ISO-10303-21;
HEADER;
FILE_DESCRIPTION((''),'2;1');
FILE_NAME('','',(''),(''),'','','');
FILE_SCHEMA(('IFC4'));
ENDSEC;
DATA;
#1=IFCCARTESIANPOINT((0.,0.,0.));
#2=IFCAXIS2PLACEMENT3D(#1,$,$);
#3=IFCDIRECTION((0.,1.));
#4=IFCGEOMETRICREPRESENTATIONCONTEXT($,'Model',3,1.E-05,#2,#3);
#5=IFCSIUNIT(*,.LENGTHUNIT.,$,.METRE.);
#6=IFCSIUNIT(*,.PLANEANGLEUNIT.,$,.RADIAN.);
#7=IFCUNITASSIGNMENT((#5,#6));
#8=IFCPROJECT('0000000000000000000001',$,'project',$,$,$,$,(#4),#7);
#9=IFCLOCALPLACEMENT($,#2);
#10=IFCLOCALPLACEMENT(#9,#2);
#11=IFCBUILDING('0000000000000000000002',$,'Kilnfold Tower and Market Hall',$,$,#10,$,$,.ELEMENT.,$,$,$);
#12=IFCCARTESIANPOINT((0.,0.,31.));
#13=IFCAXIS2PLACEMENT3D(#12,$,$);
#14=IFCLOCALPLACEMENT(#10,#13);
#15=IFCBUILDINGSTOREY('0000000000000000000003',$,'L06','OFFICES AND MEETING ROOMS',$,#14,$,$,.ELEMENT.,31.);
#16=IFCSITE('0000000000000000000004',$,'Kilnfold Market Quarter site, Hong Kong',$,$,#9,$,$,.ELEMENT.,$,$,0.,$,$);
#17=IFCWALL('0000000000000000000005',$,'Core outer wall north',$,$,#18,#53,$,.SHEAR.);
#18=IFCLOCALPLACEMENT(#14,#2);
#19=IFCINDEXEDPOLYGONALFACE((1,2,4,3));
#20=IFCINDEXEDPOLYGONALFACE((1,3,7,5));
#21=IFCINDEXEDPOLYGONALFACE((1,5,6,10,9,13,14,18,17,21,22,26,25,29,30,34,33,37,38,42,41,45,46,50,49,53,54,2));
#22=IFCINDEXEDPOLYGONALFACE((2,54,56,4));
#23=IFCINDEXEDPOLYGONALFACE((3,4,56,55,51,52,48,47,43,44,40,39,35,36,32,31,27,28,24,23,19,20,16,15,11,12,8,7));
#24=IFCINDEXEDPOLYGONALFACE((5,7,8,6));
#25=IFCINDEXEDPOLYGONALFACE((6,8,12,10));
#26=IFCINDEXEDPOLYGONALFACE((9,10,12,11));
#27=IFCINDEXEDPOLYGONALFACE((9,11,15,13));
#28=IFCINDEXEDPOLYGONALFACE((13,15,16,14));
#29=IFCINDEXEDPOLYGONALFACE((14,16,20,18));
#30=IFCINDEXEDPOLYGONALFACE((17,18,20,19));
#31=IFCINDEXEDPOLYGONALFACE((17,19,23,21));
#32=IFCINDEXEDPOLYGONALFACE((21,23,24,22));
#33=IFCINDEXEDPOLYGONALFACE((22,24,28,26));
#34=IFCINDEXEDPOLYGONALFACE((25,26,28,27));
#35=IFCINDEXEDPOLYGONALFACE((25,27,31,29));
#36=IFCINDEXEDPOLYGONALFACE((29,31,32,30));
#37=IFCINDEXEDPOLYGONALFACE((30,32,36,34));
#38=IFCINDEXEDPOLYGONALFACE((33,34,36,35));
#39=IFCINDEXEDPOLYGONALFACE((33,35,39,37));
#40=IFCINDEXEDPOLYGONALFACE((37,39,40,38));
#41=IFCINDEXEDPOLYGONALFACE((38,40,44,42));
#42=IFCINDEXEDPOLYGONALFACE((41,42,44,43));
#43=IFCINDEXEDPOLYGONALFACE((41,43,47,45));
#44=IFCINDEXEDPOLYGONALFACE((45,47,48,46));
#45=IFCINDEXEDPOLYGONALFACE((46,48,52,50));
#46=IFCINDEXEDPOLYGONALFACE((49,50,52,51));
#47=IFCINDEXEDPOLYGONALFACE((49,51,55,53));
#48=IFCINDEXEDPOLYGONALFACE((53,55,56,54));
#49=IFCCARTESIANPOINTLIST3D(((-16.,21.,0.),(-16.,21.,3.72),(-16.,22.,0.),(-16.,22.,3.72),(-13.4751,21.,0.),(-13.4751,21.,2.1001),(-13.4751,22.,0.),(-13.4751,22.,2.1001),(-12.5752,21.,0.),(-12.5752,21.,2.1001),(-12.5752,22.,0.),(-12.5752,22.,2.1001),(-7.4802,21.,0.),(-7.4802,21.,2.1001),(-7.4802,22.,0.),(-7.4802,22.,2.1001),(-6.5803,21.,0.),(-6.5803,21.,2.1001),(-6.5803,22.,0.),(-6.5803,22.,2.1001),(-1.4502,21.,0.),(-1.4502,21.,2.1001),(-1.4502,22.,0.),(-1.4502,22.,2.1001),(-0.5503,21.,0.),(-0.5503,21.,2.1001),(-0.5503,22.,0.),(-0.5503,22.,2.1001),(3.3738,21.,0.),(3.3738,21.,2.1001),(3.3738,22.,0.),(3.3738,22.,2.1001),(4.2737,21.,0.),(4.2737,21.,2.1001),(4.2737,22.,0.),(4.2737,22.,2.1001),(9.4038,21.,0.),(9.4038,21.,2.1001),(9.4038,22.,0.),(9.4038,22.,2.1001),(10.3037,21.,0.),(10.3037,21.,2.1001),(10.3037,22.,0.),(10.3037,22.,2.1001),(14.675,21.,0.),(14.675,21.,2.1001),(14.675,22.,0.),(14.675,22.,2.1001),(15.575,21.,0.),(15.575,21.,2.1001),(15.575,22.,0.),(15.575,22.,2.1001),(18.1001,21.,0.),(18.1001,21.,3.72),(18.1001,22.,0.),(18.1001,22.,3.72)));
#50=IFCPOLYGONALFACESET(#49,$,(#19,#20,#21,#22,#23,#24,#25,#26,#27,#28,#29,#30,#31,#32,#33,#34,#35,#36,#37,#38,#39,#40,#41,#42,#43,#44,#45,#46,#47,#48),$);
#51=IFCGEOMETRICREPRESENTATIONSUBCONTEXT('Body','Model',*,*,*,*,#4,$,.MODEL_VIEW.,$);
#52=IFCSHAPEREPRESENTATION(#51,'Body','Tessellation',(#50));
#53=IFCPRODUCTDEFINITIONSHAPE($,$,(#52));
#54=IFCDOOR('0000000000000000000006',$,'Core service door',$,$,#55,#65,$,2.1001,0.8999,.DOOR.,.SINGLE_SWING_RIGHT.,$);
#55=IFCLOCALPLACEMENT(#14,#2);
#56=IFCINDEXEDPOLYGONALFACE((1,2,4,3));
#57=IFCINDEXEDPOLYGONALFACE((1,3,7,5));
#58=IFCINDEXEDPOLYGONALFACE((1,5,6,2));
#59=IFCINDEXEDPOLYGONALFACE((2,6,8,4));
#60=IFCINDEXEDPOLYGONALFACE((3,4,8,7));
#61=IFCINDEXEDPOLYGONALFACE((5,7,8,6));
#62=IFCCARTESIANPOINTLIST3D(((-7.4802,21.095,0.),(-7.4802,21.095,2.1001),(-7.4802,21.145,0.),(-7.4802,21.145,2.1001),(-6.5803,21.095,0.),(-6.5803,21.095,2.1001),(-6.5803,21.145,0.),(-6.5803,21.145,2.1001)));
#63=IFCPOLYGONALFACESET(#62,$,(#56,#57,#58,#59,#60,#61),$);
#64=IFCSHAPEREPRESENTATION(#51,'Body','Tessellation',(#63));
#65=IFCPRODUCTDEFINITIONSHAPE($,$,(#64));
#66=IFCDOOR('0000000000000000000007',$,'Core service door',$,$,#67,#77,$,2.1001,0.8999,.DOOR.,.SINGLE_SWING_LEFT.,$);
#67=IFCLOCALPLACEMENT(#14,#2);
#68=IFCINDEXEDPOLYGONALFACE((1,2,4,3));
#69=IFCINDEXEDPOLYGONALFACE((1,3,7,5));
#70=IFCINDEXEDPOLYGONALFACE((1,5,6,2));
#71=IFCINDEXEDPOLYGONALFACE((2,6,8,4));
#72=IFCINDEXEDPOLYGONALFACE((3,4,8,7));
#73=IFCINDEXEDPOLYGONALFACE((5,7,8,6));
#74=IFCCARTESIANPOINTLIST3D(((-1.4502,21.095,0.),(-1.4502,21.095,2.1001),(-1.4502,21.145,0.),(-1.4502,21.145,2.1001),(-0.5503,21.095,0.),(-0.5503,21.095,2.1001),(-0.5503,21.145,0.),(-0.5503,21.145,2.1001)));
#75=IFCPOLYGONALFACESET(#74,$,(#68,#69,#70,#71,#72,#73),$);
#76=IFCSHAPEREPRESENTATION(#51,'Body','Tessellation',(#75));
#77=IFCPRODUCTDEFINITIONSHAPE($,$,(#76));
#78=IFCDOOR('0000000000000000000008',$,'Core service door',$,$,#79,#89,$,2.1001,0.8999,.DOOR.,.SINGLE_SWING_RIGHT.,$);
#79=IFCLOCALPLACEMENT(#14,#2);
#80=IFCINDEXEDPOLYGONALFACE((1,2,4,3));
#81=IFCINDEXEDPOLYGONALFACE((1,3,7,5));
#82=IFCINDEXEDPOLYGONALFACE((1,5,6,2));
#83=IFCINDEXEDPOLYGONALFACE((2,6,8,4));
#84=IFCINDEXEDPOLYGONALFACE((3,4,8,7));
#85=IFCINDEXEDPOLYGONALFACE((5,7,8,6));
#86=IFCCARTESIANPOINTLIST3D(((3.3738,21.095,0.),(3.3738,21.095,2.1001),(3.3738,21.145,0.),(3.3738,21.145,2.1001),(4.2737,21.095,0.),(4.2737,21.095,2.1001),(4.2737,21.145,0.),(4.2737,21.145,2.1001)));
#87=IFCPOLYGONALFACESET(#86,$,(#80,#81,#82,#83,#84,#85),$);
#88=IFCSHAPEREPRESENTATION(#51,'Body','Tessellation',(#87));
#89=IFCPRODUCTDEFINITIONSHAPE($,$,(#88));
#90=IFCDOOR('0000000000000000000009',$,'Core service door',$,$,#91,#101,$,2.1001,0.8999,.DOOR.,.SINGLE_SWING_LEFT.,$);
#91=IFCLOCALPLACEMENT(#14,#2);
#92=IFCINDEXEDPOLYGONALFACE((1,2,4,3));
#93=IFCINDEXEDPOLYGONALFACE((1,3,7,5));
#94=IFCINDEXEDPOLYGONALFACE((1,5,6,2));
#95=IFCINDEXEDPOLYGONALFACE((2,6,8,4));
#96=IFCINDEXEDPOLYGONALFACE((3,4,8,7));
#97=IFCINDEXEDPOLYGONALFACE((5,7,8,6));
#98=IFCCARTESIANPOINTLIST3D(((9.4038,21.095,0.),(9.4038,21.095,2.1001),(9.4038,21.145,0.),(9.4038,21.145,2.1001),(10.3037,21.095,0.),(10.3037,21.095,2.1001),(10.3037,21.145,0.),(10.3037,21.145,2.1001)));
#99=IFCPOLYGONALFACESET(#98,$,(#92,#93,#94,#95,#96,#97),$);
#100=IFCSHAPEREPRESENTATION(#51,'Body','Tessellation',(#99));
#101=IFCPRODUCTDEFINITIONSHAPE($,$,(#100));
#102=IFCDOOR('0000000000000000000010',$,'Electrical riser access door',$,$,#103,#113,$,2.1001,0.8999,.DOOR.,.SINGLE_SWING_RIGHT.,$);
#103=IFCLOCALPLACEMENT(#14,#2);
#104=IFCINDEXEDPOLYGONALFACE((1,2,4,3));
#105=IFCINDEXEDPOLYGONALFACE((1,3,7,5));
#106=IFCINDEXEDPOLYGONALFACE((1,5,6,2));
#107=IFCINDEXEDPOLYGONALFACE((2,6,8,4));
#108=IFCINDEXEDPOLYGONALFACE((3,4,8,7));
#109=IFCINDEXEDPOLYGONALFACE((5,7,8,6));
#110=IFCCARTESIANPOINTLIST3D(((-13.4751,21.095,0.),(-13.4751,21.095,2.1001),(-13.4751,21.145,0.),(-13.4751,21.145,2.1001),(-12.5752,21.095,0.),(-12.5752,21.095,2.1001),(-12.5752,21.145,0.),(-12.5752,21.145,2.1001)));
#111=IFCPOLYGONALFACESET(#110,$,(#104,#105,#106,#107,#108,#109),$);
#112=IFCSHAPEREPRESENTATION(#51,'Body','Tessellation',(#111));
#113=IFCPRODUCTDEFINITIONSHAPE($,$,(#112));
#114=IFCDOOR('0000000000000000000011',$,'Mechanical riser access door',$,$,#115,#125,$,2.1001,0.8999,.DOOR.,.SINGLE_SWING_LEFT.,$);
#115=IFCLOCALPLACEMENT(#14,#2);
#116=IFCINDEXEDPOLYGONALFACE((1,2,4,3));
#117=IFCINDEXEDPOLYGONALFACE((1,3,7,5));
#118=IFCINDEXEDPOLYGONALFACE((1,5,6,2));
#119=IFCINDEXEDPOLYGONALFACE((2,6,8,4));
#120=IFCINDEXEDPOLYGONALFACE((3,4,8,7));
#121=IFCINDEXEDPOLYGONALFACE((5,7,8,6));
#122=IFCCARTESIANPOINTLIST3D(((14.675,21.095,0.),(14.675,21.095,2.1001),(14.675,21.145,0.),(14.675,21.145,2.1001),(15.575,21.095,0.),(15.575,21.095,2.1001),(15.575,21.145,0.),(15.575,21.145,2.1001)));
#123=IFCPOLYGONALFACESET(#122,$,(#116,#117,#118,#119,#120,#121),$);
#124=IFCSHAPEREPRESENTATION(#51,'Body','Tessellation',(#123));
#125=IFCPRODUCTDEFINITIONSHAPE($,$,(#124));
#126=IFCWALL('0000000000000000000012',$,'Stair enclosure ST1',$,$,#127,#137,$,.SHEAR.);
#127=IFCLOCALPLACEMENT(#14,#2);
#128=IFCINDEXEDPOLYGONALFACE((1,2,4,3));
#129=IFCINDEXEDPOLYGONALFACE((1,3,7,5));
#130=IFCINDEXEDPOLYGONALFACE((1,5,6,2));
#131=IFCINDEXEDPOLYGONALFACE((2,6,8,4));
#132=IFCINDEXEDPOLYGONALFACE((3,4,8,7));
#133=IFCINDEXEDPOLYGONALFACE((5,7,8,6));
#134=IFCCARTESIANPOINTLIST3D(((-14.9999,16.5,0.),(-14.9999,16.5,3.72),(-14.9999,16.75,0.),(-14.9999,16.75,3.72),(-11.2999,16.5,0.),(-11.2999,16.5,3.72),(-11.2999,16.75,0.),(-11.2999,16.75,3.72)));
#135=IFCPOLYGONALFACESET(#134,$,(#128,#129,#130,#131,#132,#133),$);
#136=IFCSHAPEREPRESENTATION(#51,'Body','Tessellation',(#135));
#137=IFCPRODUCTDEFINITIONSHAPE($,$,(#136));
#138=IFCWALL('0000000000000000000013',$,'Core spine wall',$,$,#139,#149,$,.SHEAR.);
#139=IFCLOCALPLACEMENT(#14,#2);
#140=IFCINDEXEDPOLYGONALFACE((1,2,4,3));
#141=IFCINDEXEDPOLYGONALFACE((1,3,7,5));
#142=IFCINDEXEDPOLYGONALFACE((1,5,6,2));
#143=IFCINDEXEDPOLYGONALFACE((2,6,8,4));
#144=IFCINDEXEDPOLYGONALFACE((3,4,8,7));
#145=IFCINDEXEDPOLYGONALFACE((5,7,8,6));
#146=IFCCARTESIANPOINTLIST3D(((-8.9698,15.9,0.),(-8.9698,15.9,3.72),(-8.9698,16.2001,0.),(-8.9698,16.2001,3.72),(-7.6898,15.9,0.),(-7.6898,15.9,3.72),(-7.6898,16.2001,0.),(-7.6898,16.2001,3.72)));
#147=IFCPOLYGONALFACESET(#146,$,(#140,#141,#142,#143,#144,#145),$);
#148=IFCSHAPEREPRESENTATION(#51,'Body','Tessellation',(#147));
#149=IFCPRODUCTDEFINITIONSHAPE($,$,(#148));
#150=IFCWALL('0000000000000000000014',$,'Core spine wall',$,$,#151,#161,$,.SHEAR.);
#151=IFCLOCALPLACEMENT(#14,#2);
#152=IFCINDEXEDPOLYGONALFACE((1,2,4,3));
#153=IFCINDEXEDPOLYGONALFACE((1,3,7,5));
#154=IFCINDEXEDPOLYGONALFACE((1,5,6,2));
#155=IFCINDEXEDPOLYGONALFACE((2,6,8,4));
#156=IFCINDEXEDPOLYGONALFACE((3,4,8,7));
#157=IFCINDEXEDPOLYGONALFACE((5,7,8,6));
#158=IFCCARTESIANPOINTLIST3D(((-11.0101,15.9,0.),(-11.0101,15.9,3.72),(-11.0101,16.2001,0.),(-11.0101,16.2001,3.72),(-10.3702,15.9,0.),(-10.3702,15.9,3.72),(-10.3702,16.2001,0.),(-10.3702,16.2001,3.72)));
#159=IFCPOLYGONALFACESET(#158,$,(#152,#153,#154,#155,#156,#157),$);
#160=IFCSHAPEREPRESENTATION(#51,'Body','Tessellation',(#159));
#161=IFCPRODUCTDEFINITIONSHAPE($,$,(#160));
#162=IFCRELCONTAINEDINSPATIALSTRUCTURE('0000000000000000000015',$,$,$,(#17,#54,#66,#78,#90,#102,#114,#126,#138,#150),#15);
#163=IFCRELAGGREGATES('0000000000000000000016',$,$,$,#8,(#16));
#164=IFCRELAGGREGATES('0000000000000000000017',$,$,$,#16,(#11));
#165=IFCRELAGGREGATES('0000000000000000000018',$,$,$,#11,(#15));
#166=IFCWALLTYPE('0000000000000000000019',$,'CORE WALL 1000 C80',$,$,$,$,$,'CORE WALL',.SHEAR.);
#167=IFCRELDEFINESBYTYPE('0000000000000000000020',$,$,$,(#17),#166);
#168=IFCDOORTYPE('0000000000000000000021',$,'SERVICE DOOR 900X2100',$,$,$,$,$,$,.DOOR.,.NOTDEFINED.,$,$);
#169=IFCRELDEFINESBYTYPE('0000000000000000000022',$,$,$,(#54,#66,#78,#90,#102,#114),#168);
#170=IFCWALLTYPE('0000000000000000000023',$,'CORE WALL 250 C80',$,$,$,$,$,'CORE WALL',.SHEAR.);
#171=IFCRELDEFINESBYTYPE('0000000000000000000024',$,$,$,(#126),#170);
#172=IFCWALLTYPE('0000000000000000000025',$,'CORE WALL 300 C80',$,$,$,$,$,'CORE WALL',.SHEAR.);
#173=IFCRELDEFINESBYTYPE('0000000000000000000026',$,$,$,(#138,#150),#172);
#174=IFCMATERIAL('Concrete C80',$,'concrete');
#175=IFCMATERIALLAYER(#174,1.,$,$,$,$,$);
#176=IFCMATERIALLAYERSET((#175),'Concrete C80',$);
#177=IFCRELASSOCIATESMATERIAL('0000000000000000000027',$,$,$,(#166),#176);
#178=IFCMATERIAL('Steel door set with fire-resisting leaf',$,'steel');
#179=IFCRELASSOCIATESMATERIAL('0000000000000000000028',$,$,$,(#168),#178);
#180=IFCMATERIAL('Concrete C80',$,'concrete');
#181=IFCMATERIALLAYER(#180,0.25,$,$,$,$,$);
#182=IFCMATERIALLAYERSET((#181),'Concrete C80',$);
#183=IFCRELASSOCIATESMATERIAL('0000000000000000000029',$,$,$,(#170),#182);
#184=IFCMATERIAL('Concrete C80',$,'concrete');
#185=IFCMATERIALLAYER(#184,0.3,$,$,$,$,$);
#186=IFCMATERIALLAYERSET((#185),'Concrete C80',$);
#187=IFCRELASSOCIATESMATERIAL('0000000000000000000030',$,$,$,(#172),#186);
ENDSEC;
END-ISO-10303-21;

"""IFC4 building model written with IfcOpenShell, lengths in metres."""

from ifc_helpers import new_model, si_unit, direction, frame, frame_2d, origin, place, context, subcontext, project, spatial, rectangle, extrude, source, transform, mapped, material, layer, layer_set, type_object, element, fill, save


model = new_model("IFC4")

# Units and contexts
model_context = context("Model", 3, precision=1e-05, world=origin(), true_north=direction((0.0, 1.0)))
body_context = subcontext(model_context, "Body", "Model", "MODEL_VIEW")
ifc_project = project(units=[si_unit("LENGTHUNIT", "METRE"), si_unit("PLANEANGLEUNIT", "RADIAN")], contexts=[model_context])

# Site, building, storey
site_placement = place(None, origin())
site = spatial("IfcSite", under=ifc_project, at=site_placement, Name="Kilnfold Market Quarter site, Hong Kong", CompositionType="ELEMENT", RefElevation=0.0)
building_placement = place(site_placement, origin())
building = spatial("IfcBuilding", under=site, at=building_placement, Name="Kilnfold Tower and Market Hall", CompositionType="ELEMENT")
storey_placement = place(building_placement, frame((0.0, 0.0, 31.0)))
storey = spatial("IfcBuildingStorey", under=building, at=storey_placement, Name="L06", Description="OFFICES AND MEETING ROOMS", CompositionType="ELEMENT", Elevation=31.0)

# Wall, openings, doors
ifc_material_1 = material(Name="Concrete C80", Category="concrete")
ifc_layer_1 = layer(ifc_material_1, 1.0)
ifc_layer_set_1 = layer_set([ifc_layer_1], Name="Concrete C80")
wall_type_1 = type_object("IfcWallType", Name="CORE WALL 1000 C80", ElementType="CORE WALL", PredefinedType="SHEAR", material=ifc_layer_set_1)
shared_shape_1 = source(origin(), body_context, "Body", "SweptSolid", [
    extrude(rectangle(XDim=34.1001, YDim=1.0, at=frame_2d((17.05, 0.0))), origin(), (0.0, 0.0, 1.0), 3.72),
])
wall_1_placement = place(storey_placement, frame((-16.0, 21.5, 0.0), z_axis=(0.0, 0.0, 1.0), x_axis=(1.0, 0.0, 0.0)))
wall_1 = element("IfcWall", 1, at=wall_1_placement, inside=storey, type_object=wall_type_1, Name="Core outer wall north", PredefinedType="SHEAR", context=body_context, shape_type="MappedRepresentation", body=[
    mapped(shared_shape_1, transform((0.0, 0.0, 0.0))),
])
opening_1_placement = place(wall_1_placement, frame((8.5198, 0.0, 0.0)))
opening_1 = element("IfcOpeningElement", 2, at=opening_1_placement, cuts=wall_1, PredefinedType="OPENING", context=body_context, shape_type="SweptSolid", body=[
    extrude(rectangle(XDim=0.8999, YDim=2.1001, at=frame_2d((0.45, 1.05))), frame((0.0, 0.51, 0.0), z_axis=(0.0, -1.0, 0.0), x_axis=(1.0, 0.0, 0.0)), (0.0, 0.0, 1.0), 1.02),
])
opening_2_placement = place(wall_1_placement, frame((14.5498, 0.0, 0.0)))
opening_2 = element("IfcOpeningElement", 3, at=opening_2_placement, cuts=wall_1, PredefinedType="OPENING", context=body_context, shape_type="SweptSolid", body=[
    extrude(rectangle(XDim=0.8999, YDim=2.1001, at=frame_2d((0.45, 1.05))), frame((0.0, 0.51, 0.0), z_axis=(0.0, -1.0, 0.0), x_axis=(1.0, 0.0, 0.0)), (0.0, 0.0, 1.0), 1.02),
])
opening_3_placement = place(wall_1_placement, frame((19.3738, 0.0, 0.0)))
opening_3 = element("IfcOpeningElement", 4, at=opening_3_placement, cuts=wall_1, PredefinedType="OPENING", context=body_context, shape_type="SweptSolid", body=[
    extrude(rectangle(XDim=0.8999, YDim=2.1001, at=frame_2d((0.45, 1.05))), frame((0.0, 0.51, 0.0), z_axis=(0.0, -1.0, 0.0), x_axis=(1.0, 0.0, 0.0)), (0.0, 0.0, 1.0), 1.02),
])
opening_4_placement = place(wall_1_placement, frame((25.4038, 0.0, 0.0)))
opening_4 = element("IfcOpeningElement", 5, at=opening_4_placement, cuts=wall_1, PredefinedType="OPENING", context=body_context, shape_type="SweptSolid", body=[
    extrude(rectangle(XDim=0.8999, YDim=2.1001, at=frame_2d((0.45, 1.05))), frame((0.0, 0.51, 0.0), z_axis=(0.0, -1.0, 0.0), x_axis=(1.0, 0.0, 0.0)), (0.0, 0.0, 1.0), 1.02),
])
opening_5_placement = place(wall_1_placement, frame((2.5249, 0.0, 0.0)))
opening_5 = element("IfcOpeningElement", 6, at=opening_5_placement, cuts=wall_1, PredefinedType="OPENING", context=body_context, shape_type="SweptSolid", body=[
    extrude(rectangle(XDim=0.8999, YDim=2.1001, at=frame_2d((0.45, 1.05))), frame((0.0, 0.51, 0.0), z_axis=(0.0, -1.0, 0.0), x_axis=(1.0, 0.0, 0.0)), (0.0, 0.0, 1.0), 1.02),
])
opening_6_placement = place(wall_1_placement, frame((30.675, 0.0, 0.0)))
opening_6 = element("IfcOpeningElement", 7, at=opening_6_placement, cuts=wall_1, PredefinedType="OPENING", context=body_context, shape_type="SweptSolid", body=[
    extrude(rectangle(XDim=0.8999, YDim=2.1001, at=frame_2d((0.45, 1.05))), frame((0.0, 0.51, 0.0), z_axis=(0.0, -1.0, 0.0), x_axis=(1.0, 0.0, 0.0)), (0.0, 0.0, 1.0), 1.02),
])
ifc_material_2 = material(Name="Steel door set with fire-resisting leaf", Category="steel")
door_type_1 = type_object("IfcDoorType", Name="SERVICE DOOR 900X2100", OperationType="NOTDEFINED", PredefinedType="DOOR", material=ifc_material_2)
door_1_placement = place(opening_1_placement, origin())
door_1 = element("IfcDoor", 8, at=door_1_placement, inside=storey, type_object=door_type_1, Name="Core service door", OperationType="SINGLE_SWING_RIGHT", OverallHeight=2.1001, OverallWidth=0.8999, PredefinedType="DOOR", context=body_context, shape_type="SweptSolid", body=[
    extrude(rectangle(XDim=0.8999, YDim=2.1001, at=frame_2d((0.45, 1.05))), frame((0.0, -0.355, 0.0), z_axis=(0.0, -1.0, 0.0), x_axis=(1.0, 0.0, 0.0)), (0.0, 0.0, 1.0), 0.05),
])
fill(opening_1, door_1)
door_2_placement = place(opening_2_placement, origin())
door_2 = element("IfcDoor", 9, at=door_2_placement, inside=storey, type_object=door_type_1, Name="Core service door", OperationType="SINGLE_SWING_LEFT", OverallHeight=2.1001, OverallWidth=0.8999, PredefinedType="DOOR", context=body_context, shape_type="SweptSolid", body=[
    extrude(rectangle(XDim=0.8999, YDim=2.1001, at=frame_2d((0.45, 1.05))), frame((0.0, -0.355, 0.0), z_axis=(0.0, -1.0, 0.0), x_axis=(1.0, 0.0, 0.0)), (0.0, 0.0, 1.0), 0.05),
])
fill(opening_2, door_2)
door_3_placement = place(opening_3_placement, origin())
door_3 = element("IfcDoor", 10, at=door_3_placement, inside=storey, type_object=door_type_1, Name="Core service door", OperationType="SINGLE_SWING_RIGHT", OverallHeight=2.1001, OverallWidth=0.8999, PredefinedType="DOOR", context=body_context, shape_type="SweptSolid", body=[
    extrude(rectangle(XDim=0.8999, YDim=2.1001, at=frame_2d((0.45, 1.05))), frame((0.0, -0.355, 0.0), z_axis=(0.0, -1.0, 0.0), x_axis=(1.0, 0.0, 0.0)), (0.0, 0.0, 1.0), 0.05),
])
fill(opening_3, door_3)
door_4_placement = place(opening_4_placement, origin())
door_4 = element("IfcDoor", 11, at=door_4_placement, inside=storey, type_object=door_type_1, Name="Core service door", OperationType="SINGLE_SWING_LEFT", OverallHeight=2.1001, OverallWidth=0.8999, PredefinedType="DOOR", context=body_context, shape_type="SweptSolid", body=[
    extrude(rectangle(XDim=0.8999, YDim=2.1001, at=frame_2d((0.45, 1.05))), frame((0.0, -0.355, 0.0), z_axis=(0.0, -1.0, 0.0), x_axis=(1.0, 0.0, 0.0)), (0.0, 0.0, 1.0), 0.05),
])
fill(opening_4, door_4)
door_5_placement = place(opening_5_placement, origin())
door_5 = element("IfcDoor", 12, at=door_5_placement, inside=storey, type_object=door_type_1, Name="Electrical riser access door", OperationType="SINGLE_SWING_RIGHT", OverallHeight=2.1001, OverallWidth=0.8999, PredefinedType="DOOR", context=body_context, shape_type="SweptSolid", body=[
    extrude(rectangle(XDim=0.8999, YDim=2.1001, at=frame_2d((0.45, 1.05))), frame((0.0, -0.355, 0.0), z_axis=(0.0, -1.0, 0.0), x_axis=(1.0, 0.0, 0.0)), (0.0, 0.0, 1.0), 0.05),
])
fill(opening_5, door_5)
door_6_placement = place(opening_6_placement, origin())
door_6 = element("IfcDoor", 13, at=door_6_placement, inside=storey, type_object=door_type_1, Name="Mechanical riser access door", OperationType="SINGLE_SWING_LEFT", OverallHeight=2.1001, OverallWidth=0.8999, PredefinedType="DOOR", context=body_context, shape_type="SweptSolid", body=[
    extrude(rectangle(XDim=0.8999, YDim=2.1001, at=frame_2d((0.45, 1.05))), frame((0.0, -0.355, 0.0), z_axis=(0.0, -1.0, 0.0), x_axis=(1.0, 0.0, 0.0)), (0.0, 0.0, 1.0), 0.05),
])
fill(opening_6, door_6)

# Walls
ifc_material_3 = material(Name="Concrete C80", Category="concrete")
ifc_layer_2 = layer(ifc_material_3, 0.25)
ifc_layer_set_2 = layer_set([ifc_layer_2], Name="Concrete C80")
wall_type_2 = type_object("IfcWallType", Name="CORE WALL 250 C80", ElementType="CORE WALL", PredefinedType="SHEAR", material=ifc_layer_set_2)
shared_shape_2 = source(origin(), body_context, "Body", "SweptSolid", [
    extrude(rectangle(XDim=3.7, YDim=0.25, at=frame_2d((1.8501, 0.0))), origin(), (0.0, 0.0, 1.0), 3.72),
])
wall_2_placement = place(storey_placement, frame((-15.0, 16.625, 0.0), z_axis=(0.0, 0.0, 1.0), x_axis=(1.0, 0.0, 0.0)))
element("IfcWall", 14, at=wall_2_placement, inside=storey, type_object=wall_type_2, Name="Stair enclosure ST1", PredefinedType="SHEAR", context=body_context, shape_type="MappedRepresentation", body=[
    mapped(shared_shape_2, transform((0.0, 0.0, 0.0))),
])
ifc_material_4 = material(Name="Concrete C80", Category="concrete")
ifc_layer_3 = layer(ifc_material_4, 0.3)
ifc_layer_set_3 = layer_set([ifc_layer_3], Name="Concrete C80")
wall_type_3 = type_object("IfcWallType", Name="CORE WALL 300 C80", ElementType="CORE WALL", PredefinedType="SHEAR", material=ifc_layer_set_3)
shared_shape_3 = source(origin(), body_context, "Body", "SweptSolid", [
    extrude(rectangle(XDim=1.28, YDim=0.3, at=frame_2d((0.6401, 0.0))), origin(), (0.0, 0.0, 1.0), 3.72),
])
wall_3_placement = place(storey_placement, frame((-8.97, 16.05, 0.0), z_axis=(0.0, 0.0, 1.0), x_axis=(1.0, 0.0, 0.0)))
element("IfcWall", 15, at=wall_3_placement, inside=storey, type_object=wall_type_3, Name="Core spine wall", PredefinedType="SHEAR", context=body_context, shape_type="MappedRepresentation", body=[
    mapped(shared_shape_3, transform((0.0, 0.0, 0.0))),
])
shared_shape_4 = source(origin(), body_context, "Body", "SweptSolid", [
    extrude(rectangle(XDim=0.6399, YDim=0.3, at=frame_2d((0.3198, 0.0))), origin(), (0.0, 0.0, 1.0), 3.72),
])
wall_4_placement = place(storey_placement, frame((-11.01, 16.05, 0.0), z_axis=(0.0, 0.0, 1.0), x_axis=(1.0, 0.0, 0.0)))
element("IfcWall", 16, at=wall_4_placement, inside=storey, type_object=wall_type_3, Name="Core spine wall", PredefinedType="SHEAR", context=body_context, shape_type="MappedRepresentation", body=[
    mapped(shared_shape_4, transform((0.0, 0.0, 0.0))),
])

save(model, "model.ifc")
